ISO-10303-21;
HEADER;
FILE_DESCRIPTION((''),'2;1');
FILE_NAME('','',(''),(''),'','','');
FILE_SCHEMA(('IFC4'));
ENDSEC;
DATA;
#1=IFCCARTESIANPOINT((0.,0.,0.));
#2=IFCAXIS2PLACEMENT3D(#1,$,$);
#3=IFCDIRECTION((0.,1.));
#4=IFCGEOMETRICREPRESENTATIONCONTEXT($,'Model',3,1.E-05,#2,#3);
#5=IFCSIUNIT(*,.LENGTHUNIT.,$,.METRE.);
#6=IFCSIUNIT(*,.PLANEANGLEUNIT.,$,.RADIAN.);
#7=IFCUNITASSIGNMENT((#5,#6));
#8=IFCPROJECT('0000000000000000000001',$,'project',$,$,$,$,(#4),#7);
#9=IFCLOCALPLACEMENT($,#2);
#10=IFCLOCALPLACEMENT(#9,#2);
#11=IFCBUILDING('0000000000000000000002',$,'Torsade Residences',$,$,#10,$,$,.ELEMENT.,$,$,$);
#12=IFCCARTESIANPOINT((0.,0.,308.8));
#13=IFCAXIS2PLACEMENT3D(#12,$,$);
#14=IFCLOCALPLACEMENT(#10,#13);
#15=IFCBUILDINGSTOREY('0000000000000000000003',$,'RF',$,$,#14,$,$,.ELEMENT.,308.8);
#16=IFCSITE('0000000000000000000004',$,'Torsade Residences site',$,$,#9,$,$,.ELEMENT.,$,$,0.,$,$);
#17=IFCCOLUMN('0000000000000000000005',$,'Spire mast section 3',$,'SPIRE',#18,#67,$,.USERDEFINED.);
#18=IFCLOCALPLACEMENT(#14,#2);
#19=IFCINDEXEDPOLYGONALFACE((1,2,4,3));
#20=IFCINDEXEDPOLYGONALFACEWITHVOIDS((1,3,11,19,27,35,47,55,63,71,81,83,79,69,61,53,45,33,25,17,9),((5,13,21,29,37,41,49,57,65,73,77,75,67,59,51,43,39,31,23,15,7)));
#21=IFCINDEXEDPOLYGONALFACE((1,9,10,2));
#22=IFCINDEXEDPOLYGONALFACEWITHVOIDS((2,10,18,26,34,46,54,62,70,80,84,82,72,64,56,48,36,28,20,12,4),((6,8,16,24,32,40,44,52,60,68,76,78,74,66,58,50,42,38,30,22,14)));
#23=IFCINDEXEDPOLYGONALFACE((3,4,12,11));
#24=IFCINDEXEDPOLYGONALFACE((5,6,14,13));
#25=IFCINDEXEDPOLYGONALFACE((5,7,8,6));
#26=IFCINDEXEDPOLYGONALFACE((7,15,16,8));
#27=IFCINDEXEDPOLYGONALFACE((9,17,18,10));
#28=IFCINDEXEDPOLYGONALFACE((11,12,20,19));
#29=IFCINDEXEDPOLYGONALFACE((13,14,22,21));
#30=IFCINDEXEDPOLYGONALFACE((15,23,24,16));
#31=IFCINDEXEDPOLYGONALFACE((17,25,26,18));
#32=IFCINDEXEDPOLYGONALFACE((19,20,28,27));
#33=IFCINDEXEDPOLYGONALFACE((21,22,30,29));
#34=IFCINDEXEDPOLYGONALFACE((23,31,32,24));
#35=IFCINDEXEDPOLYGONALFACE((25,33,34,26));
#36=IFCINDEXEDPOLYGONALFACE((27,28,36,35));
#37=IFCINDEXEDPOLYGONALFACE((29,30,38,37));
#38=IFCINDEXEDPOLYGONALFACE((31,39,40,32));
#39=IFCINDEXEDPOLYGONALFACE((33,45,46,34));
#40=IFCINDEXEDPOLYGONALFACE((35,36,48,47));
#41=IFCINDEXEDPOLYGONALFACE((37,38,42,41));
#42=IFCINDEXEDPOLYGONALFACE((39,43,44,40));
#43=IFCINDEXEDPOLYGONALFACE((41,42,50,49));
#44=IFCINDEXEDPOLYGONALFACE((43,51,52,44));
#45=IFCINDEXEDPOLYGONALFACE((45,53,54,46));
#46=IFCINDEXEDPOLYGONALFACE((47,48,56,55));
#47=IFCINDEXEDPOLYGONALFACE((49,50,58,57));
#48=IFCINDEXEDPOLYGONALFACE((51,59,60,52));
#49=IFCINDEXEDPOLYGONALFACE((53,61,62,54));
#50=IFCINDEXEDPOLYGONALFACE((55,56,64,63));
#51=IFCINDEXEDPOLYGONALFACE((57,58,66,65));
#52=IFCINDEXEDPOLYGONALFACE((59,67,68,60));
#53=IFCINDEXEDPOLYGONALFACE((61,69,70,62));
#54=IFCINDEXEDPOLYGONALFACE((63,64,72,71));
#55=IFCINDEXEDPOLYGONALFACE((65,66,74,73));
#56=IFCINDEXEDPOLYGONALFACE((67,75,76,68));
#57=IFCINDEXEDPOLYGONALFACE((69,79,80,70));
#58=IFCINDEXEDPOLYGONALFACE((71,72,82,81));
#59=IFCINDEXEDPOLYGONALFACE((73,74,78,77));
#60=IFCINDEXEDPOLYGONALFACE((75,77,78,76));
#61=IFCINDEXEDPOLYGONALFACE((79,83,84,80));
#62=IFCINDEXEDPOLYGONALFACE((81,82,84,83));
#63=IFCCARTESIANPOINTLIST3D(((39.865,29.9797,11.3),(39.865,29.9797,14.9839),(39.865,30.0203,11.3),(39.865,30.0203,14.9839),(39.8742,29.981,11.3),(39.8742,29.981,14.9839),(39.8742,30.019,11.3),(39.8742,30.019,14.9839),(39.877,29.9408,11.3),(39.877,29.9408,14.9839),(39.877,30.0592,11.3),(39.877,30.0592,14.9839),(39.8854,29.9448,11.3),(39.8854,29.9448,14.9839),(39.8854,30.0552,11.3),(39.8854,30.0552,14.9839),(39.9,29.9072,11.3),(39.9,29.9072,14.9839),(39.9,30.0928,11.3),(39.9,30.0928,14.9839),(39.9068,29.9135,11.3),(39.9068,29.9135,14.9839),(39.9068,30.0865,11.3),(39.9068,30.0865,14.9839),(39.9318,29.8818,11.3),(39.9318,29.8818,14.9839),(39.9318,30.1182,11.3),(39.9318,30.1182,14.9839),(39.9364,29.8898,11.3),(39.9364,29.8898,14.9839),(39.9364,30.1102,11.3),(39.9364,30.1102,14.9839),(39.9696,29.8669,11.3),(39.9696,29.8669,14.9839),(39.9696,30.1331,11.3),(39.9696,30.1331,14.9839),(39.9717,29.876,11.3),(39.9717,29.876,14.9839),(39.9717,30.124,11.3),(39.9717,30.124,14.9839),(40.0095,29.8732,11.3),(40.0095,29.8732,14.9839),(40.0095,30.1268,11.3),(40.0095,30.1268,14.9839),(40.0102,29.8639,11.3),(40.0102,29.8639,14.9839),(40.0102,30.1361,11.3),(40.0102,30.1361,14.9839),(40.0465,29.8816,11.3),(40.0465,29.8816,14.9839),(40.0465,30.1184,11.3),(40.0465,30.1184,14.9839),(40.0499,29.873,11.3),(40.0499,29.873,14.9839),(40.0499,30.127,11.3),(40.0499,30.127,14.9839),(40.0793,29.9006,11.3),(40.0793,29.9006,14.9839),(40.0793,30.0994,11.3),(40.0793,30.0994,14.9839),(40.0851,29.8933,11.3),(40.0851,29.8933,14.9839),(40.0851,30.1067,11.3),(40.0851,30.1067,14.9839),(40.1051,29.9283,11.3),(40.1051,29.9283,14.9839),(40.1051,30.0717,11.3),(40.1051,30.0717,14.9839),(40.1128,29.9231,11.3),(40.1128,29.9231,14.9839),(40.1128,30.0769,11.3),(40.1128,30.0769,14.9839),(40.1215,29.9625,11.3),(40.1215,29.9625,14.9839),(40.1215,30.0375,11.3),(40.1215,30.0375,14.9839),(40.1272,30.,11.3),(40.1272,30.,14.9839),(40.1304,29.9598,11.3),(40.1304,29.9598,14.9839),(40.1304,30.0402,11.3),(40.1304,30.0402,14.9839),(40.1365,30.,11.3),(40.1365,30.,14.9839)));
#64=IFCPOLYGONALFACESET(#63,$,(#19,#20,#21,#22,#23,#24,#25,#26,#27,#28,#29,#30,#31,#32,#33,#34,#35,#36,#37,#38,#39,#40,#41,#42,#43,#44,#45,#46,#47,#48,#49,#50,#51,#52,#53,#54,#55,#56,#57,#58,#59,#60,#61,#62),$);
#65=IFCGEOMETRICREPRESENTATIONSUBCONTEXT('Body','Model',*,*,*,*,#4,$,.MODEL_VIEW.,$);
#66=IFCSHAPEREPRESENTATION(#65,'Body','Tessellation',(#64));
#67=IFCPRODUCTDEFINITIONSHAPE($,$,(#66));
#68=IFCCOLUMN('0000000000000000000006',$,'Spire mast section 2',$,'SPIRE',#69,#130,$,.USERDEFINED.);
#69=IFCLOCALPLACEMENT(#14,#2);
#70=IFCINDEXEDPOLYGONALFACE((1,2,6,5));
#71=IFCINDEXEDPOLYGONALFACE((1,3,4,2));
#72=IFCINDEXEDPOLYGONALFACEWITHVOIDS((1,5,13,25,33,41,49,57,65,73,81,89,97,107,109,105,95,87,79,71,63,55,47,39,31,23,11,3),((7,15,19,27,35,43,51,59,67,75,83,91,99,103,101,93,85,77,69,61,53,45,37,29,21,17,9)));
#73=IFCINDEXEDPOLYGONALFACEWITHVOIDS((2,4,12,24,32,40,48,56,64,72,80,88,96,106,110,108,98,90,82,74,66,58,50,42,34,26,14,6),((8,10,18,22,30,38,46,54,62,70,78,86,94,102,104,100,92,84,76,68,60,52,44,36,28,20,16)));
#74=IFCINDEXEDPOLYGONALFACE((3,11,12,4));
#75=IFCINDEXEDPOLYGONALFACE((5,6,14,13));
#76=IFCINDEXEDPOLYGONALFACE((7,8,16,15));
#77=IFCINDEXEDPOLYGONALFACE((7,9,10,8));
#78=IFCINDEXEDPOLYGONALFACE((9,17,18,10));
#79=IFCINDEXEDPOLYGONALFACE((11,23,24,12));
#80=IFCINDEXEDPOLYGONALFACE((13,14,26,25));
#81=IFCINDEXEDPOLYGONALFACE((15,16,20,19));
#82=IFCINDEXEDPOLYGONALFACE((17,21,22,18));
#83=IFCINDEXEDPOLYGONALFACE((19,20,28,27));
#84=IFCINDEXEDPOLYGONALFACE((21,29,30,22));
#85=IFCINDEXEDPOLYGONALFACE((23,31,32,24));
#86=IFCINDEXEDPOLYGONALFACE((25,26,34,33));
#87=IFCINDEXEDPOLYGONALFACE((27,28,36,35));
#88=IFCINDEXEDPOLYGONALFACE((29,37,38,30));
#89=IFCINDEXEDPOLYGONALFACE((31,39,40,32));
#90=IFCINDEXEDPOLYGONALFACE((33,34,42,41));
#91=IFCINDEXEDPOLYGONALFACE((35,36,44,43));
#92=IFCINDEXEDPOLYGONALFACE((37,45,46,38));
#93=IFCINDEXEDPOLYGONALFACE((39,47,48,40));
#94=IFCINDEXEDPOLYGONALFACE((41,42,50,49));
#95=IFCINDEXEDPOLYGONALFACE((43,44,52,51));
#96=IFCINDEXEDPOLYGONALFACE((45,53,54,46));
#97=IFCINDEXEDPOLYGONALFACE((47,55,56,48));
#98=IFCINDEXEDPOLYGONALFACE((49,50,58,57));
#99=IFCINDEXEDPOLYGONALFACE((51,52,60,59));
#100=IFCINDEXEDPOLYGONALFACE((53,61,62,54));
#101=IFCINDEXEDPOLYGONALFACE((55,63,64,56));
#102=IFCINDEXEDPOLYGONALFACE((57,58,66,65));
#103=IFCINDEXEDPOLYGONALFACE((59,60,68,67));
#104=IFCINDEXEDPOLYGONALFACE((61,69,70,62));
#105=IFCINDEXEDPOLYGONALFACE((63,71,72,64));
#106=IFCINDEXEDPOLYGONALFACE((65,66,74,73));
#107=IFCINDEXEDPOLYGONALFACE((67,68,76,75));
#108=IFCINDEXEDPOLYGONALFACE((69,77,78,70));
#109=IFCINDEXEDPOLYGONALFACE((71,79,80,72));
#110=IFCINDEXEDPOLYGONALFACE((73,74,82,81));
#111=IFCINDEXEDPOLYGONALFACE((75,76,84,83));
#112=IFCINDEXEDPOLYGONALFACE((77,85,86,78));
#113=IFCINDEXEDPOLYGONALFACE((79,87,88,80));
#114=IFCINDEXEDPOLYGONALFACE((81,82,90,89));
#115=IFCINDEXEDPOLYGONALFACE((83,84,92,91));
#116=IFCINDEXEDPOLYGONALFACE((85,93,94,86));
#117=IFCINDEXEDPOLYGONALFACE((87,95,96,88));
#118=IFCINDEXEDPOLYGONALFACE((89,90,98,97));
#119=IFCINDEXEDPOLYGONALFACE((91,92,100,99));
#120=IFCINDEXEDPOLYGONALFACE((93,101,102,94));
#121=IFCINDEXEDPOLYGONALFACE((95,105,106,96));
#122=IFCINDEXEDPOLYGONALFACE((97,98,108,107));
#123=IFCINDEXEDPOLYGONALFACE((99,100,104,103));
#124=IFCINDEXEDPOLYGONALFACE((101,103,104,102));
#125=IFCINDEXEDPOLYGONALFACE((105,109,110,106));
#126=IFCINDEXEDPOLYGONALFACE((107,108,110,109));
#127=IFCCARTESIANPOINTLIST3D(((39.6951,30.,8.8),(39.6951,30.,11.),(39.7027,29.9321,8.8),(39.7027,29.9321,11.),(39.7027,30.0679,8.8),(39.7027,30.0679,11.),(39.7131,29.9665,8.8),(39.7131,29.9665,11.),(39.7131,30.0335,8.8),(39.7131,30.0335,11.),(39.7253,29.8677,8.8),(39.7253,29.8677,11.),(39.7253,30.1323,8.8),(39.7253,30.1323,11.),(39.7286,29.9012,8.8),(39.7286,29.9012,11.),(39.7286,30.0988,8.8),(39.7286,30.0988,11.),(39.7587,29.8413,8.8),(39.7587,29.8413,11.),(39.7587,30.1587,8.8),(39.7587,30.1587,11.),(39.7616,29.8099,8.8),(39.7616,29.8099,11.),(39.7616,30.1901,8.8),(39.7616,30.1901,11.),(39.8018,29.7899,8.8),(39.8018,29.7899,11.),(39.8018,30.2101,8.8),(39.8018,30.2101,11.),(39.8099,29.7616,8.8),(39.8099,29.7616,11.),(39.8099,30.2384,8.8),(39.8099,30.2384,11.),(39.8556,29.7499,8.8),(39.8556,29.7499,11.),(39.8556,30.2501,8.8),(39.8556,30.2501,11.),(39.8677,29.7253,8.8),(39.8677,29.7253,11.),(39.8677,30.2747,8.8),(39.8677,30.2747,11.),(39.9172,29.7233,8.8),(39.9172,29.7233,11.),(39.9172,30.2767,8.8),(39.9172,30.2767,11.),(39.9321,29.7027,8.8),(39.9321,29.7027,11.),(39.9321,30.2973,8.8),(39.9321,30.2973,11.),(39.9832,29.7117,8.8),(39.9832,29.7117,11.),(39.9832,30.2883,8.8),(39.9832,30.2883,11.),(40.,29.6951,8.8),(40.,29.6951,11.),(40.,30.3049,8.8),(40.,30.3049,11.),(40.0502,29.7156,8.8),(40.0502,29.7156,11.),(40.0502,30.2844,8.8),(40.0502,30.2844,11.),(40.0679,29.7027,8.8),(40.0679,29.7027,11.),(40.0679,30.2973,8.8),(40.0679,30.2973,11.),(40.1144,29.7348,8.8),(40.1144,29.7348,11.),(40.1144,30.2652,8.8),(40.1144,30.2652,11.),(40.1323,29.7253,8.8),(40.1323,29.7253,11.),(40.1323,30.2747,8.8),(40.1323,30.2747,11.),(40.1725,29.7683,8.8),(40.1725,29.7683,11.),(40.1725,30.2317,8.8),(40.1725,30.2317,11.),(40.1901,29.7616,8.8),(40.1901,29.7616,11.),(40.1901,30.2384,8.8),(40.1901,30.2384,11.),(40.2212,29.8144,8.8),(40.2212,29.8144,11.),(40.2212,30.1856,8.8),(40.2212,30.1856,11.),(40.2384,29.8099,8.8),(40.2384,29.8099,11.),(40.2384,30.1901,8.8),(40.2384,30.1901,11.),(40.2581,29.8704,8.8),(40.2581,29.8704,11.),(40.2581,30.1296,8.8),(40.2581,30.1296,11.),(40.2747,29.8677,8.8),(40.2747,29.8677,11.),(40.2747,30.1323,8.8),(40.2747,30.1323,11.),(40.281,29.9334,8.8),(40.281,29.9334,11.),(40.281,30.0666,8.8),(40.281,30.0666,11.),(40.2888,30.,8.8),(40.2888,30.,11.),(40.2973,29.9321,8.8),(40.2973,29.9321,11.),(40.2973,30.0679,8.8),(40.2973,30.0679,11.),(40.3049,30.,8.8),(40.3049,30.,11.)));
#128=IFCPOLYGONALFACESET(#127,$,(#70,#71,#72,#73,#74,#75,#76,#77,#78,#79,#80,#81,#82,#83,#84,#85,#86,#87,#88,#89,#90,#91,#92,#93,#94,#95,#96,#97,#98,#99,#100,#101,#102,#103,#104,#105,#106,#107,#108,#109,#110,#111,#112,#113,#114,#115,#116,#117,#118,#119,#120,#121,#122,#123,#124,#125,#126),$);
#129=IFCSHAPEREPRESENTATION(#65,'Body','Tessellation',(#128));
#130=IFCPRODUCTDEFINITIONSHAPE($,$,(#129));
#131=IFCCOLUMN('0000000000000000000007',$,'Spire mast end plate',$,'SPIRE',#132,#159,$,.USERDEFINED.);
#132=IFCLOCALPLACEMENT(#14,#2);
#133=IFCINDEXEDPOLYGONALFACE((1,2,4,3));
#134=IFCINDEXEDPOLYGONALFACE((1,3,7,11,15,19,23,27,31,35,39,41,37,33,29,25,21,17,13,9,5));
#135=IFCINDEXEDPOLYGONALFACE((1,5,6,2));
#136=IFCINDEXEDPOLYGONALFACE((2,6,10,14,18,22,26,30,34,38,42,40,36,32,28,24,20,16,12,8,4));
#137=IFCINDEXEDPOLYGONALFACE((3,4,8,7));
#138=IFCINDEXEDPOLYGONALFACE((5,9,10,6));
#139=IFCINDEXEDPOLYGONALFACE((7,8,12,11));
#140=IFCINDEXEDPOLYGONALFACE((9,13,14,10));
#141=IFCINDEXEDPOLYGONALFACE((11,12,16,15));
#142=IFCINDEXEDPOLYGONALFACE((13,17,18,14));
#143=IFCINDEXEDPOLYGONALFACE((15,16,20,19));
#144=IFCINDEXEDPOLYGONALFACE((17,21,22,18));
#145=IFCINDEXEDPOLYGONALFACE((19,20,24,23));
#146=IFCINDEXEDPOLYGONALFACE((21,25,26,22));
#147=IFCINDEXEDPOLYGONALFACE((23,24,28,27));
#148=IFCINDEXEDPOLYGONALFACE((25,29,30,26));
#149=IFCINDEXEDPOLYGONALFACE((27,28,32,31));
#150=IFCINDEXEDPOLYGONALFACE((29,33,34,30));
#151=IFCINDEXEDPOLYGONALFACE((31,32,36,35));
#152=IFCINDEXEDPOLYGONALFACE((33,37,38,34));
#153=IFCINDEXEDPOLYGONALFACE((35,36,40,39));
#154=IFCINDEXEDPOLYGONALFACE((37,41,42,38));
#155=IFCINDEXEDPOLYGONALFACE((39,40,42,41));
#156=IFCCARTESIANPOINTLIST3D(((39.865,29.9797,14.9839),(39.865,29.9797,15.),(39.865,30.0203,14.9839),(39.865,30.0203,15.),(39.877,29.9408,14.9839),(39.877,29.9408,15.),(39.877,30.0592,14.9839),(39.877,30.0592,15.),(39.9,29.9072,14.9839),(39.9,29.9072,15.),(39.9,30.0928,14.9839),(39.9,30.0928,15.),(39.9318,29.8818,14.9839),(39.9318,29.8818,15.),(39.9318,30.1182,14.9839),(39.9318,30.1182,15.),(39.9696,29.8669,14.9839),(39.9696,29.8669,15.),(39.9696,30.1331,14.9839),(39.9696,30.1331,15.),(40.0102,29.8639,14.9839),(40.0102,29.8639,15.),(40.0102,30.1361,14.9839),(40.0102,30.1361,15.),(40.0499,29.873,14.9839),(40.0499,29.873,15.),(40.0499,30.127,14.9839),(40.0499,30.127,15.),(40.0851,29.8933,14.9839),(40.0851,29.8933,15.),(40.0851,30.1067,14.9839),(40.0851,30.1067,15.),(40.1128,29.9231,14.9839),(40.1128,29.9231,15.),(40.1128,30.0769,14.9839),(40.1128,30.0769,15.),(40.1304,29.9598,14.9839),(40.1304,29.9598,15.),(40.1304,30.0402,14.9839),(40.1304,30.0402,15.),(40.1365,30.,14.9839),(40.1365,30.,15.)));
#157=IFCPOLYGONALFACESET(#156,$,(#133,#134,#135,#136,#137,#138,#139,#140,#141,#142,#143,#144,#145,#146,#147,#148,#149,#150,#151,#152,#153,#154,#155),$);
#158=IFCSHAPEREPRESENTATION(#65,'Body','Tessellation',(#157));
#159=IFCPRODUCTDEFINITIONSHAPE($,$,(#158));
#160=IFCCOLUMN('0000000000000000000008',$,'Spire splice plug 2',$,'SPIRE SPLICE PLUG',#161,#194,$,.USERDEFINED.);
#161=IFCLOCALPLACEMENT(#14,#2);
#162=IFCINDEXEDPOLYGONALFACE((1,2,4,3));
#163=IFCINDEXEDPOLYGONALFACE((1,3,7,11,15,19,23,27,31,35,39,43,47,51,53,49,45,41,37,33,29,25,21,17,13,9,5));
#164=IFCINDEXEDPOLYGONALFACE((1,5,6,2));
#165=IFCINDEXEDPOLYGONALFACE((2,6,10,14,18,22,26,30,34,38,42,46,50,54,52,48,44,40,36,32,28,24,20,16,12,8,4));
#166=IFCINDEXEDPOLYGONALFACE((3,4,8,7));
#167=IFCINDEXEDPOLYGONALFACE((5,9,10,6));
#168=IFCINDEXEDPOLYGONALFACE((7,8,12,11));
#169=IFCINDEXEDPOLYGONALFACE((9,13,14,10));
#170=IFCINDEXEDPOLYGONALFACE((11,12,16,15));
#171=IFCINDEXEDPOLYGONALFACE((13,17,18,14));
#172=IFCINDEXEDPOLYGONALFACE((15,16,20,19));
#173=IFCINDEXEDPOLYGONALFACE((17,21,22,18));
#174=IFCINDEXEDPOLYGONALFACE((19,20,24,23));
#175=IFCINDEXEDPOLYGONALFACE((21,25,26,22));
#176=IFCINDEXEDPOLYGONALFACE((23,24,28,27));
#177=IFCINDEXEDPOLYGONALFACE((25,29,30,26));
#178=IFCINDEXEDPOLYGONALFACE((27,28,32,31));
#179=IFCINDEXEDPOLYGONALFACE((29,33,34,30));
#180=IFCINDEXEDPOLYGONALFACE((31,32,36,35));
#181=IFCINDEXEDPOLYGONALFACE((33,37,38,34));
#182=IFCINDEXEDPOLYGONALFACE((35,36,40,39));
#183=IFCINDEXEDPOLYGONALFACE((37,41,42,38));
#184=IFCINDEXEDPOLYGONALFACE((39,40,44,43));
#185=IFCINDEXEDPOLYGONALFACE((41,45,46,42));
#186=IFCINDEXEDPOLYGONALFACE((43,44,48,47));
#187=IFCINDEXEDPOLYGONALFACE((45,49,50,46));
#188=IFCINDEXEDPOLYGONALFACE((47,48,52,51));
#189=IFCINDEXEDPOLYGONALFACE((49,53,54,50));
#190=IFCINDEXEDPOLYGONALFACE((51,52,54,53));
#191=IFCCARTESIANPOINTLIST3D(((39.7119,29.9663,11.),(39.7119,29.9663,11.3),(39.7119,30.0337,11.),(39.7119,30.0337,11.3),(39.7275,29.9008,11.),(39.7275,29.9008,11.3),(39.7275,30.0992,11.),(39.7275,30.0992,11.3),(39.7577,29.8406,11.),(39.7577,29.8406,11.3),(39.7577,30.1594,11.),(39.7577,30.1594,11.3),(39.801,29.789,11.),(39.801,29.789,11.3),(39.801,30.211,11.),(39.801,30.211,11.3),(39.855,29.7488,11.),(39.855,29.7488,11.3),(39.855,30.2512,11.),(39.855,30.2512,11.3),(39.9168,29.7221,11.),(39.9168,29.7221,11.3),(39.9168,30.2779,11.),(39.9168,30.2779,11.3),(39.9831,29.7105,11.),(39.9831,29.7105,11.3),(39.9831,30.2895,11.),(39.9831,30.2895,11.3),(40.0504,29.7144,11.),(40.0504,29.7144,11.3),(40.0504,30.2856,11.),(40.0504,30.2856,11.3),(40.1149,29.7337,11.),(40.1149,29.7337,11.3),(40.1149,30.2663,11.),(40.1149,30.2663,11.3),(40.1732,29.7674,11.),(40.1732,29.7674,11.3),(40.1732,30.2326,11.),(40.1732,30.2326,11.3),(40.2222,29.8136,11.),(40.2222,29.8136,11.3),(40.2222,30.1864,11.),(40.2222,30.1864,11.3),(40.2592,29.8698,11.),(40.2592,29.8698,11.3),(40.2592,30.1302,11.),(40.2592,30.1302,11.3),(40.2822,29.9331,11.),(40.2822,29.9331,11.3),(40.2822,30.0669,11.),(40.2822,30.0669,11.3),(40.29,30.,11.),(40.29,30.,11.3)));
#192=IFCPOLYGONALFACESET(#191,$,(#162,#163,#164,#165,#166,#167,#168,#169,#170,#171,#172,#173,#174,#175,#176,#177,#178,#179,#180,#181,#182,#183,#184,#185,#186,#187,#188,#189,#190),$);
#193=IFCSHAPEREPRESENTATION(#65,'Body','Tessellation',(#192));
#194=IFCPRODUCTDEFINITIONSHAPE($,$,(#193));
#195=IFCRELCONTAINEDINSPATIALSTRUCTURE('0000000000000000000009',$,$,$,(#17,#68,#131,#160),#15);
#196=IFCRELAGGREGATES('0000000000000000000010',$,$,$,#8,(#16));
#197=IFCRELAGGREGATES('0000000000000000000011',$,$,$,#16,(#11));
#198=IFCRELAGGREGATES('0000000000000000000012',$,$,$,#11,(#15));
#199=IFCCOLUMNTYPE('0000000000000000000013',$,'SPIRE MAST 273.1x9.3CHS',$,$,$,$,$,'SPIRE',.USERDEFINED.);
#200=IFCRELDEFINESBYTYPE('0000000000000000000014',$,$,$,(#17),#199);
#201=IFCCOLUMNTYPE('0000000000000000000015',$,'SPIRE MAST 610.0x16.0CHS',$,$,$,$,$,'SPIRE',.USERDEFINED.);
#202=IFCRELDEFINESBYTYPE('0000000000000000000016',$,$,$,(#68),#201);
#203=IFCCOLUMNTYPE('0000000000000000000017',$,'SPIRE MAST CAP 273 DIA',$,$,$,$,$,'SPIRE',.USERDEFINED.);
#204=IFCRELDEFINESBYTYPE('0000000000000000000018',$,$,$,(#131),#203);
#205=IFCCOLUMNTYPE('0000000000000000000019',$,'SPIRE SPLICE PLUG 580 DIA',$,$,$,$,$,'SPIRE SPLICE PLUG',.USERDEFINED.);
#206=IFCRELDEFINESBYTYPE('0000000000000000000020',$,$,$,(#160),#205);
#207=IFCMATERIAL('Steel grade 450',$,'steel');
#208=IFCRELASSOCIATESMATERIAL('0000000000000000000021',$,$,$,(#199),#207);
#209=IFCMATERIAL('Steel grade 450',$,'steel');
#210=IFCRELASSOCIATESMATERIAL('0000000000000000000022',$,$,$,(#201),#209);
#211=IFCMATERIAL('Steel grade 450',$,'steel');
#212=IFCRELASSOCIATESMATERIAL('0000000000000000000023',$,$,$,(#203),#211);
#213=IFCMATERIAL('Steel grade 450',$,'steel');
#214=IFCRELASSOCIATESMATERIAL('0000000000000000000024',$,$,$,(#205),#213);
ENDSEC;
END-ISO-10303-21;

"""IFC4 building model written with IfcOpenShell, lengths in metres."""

from ifc_helpers import new_model, si_unit, direction, frame, origin, origin_2d, place, context, subcontext, project, spatial, circle, hollow_circle, extrude, material, material_profile, profile_set, type_object, element, save


model = new_model("IFC4")

# Units and contexts
model_context = context("Model", 3, precision=1e-05, world=origin(), true_north=direction((0.0, 1.0)))
body_context = subcontext(model_context, "Body", "Model", "MODEL_VIEW")
ifc_project = project(units=[si_unit("LENGTHUNIT", "METRE"), si_unit("PLANEANGLEUNIT", "RADIAN")], contexts=[model_context])

# Site, building, storey
site_placement = place(None, origin())
site = spatial("IfcSite", under=ifc_project, at=site_placement, Name="Torsade Residences site", CompositionType="ELEMENT", RefElevation=0.0)
building_placement = place(site_placement, origin())
building = spatial("IfcBuilding", under=site, at=building_placement, Name="Torsade Residences", CompositionType="ELEMENT")
storey_placement = place(building_placement, frame((0.0, 0.0, 308.8)))
storey = spatial("IfcBuildingStorey", under=building, at=storey_placement, Name="RF", CompositionType="ELEMENT", Elevation=308.8)

# Columns
ifc_material_1 = material(Name="Steel grade 450", Category="steel")
ifc_material_profile_1 = material_profile(ifc_material_1, hollow_circle(Radius=0.1365, WallThickness=0.0093, at=origin_2d()), Name="273.1x9.3CHS")
ifc_profile_set_1 = profile_set([ifc_material_profile_1], Name="Steel grade 450")
column_type_1 = type_object("IfcColumnType", Name="SPIRE MAST 273.1x9.3CHS", ElementType="SPIRE", PredefinedType="USERDEFINED", material=ifc_profile_set_1)
column_1_placement = place(storey_placement, frame((40.0, 30.0, 11.3), z_axis=(0.0, 0.0, 1.0), x_axis=(1.0, 0.0, 0.0)))
element("IfcColumn", 1, at=column_1_placement, inside=storey, type_object=column_type_1, Name="Spire mast section 3", ObjectType="SPIRE", PredefinedType="USERDEFINED", context=body_context, shape_type="SweptSolid", body=[
    extrude(hollow_circle(Radius=0.1365, WallThickness=0.0093, at=origin_2d()), origin(), (0.0, 0.0, 1.0), 3.6838),
])
ifc_material_2 = material(Name="Steel grade 450", Category="steel")
ifc_material_profile_2 = material_profile(ifc_material_2, hollow_circle(Radius=0.3049, WallThickness=0.0161, at=origin_2d()), Name="610.0x16.0CHS")
ifc_profile_set_2 = profile_set([ifc_material_profile_2], Name="Steel grade 450")
column_type_2 = type_object("IfcColumnType", Name="SPIRE MAST 610.0x16.0CHS", ElementType="SPIRE", PredefinedType="USERDEFINED", material=ifc_profile_set_2)
column_2_placement = place(storey_placement, frame((40.0, 30.0, 8.8), z_axis=(0.0, 0.0, 1.0), x_axis=(1.0, 0.0, 0.0)))
element("IfcColumn", 2, at=column_2_placement, inside=storey, type_object=column_type_2, Name="Spire mast section 2", ObjectType="SPIRE", PredefinedType="USERDEFINED", context=body_context, shape_type="SweptSolid", body=[
    extrude(hollow_circle(Radius=0.3049, WallThickness=0.0161, at=origin_2d()), origin(), (0.0, 0.0, 1.0), 2.2),
])
ifc_material_3 = material(Name="Steel grade 450", Category="steel")
ifc_material_profile_3 = material_profile(ifc_material_3, circle(Radius=0.1365, at=origin_2d()), Name="273 DIA ROUND")
ifc_profile_set_3 = profile_set([ifc_material_profile_3], Name="Steel grade 450")
column_type_3 = type_object("IfcColumnType", Name="SPIRE MAST CAP 273 DIA", ElementType="SPIRE", PredefinedType="USERDEFINED", material=ifc_profile_set_3)
column_3_placement = place(storey_placement, frame((40.0, 30.0, 14.9839), z_axis=(0.0, 0.0, 1.0), x_axis=(1.0, 0.0, 0.0)))
element("IfcColumn", 3, at=column_3_placement, inside=storey, type_object=column_type_3, Name="Spire mast end plate", ObjectType="SPIRE", PredefinedType="USERDEFINED", context=body_context, shape_type="SweptSolid", body=[
    extrude(circle(Radius=0.1365, at=origin_2d()), origin(), (0.0, 0.0, 1.0), 0.0161),
])
ifc_material_4 = material(Name="Steel grade 450", Category="steel")
ifc_material_profile_4 = material_profile(ifc_material_4, circle(Radius=0.29, at=origin_2d()), Name="580 DIA ROUND")
ifc_profile_set_4 = profile_set([ifc_material_profile_4], Name="Steel grade 450")
column_type_4 = type_object("IfcColumnType", Name="SPIRE SPLICE PLUG 580 DIA", ElementType="SPIRE SPLICE PLUG", PredefinedType="USERDEFINED", material=ifc_profile_set_4)
column_4_placement = place(storey_placement, frame((40.0, 30.0, 11.0), z_axis=(0.0, 0.0, 1.0), x_axis=(1.0, 0.0, 0.0)))
element("IfcColumn", 4, at=column_4_placement, inside=storey, type_object=column_type_4, Name="Spire splice plug 2", ObjectType="SPIRE SPLICE PLUG", PredefinedType="USERDEFINED", context=body_context, shape_type="SweptSolid", body=[
    extrude(circle(Radius=0.29, at=origin_2d()), origin(), (0.0, 0.0, 1.0), 0.3),
])

save(model, "model.ifc")
